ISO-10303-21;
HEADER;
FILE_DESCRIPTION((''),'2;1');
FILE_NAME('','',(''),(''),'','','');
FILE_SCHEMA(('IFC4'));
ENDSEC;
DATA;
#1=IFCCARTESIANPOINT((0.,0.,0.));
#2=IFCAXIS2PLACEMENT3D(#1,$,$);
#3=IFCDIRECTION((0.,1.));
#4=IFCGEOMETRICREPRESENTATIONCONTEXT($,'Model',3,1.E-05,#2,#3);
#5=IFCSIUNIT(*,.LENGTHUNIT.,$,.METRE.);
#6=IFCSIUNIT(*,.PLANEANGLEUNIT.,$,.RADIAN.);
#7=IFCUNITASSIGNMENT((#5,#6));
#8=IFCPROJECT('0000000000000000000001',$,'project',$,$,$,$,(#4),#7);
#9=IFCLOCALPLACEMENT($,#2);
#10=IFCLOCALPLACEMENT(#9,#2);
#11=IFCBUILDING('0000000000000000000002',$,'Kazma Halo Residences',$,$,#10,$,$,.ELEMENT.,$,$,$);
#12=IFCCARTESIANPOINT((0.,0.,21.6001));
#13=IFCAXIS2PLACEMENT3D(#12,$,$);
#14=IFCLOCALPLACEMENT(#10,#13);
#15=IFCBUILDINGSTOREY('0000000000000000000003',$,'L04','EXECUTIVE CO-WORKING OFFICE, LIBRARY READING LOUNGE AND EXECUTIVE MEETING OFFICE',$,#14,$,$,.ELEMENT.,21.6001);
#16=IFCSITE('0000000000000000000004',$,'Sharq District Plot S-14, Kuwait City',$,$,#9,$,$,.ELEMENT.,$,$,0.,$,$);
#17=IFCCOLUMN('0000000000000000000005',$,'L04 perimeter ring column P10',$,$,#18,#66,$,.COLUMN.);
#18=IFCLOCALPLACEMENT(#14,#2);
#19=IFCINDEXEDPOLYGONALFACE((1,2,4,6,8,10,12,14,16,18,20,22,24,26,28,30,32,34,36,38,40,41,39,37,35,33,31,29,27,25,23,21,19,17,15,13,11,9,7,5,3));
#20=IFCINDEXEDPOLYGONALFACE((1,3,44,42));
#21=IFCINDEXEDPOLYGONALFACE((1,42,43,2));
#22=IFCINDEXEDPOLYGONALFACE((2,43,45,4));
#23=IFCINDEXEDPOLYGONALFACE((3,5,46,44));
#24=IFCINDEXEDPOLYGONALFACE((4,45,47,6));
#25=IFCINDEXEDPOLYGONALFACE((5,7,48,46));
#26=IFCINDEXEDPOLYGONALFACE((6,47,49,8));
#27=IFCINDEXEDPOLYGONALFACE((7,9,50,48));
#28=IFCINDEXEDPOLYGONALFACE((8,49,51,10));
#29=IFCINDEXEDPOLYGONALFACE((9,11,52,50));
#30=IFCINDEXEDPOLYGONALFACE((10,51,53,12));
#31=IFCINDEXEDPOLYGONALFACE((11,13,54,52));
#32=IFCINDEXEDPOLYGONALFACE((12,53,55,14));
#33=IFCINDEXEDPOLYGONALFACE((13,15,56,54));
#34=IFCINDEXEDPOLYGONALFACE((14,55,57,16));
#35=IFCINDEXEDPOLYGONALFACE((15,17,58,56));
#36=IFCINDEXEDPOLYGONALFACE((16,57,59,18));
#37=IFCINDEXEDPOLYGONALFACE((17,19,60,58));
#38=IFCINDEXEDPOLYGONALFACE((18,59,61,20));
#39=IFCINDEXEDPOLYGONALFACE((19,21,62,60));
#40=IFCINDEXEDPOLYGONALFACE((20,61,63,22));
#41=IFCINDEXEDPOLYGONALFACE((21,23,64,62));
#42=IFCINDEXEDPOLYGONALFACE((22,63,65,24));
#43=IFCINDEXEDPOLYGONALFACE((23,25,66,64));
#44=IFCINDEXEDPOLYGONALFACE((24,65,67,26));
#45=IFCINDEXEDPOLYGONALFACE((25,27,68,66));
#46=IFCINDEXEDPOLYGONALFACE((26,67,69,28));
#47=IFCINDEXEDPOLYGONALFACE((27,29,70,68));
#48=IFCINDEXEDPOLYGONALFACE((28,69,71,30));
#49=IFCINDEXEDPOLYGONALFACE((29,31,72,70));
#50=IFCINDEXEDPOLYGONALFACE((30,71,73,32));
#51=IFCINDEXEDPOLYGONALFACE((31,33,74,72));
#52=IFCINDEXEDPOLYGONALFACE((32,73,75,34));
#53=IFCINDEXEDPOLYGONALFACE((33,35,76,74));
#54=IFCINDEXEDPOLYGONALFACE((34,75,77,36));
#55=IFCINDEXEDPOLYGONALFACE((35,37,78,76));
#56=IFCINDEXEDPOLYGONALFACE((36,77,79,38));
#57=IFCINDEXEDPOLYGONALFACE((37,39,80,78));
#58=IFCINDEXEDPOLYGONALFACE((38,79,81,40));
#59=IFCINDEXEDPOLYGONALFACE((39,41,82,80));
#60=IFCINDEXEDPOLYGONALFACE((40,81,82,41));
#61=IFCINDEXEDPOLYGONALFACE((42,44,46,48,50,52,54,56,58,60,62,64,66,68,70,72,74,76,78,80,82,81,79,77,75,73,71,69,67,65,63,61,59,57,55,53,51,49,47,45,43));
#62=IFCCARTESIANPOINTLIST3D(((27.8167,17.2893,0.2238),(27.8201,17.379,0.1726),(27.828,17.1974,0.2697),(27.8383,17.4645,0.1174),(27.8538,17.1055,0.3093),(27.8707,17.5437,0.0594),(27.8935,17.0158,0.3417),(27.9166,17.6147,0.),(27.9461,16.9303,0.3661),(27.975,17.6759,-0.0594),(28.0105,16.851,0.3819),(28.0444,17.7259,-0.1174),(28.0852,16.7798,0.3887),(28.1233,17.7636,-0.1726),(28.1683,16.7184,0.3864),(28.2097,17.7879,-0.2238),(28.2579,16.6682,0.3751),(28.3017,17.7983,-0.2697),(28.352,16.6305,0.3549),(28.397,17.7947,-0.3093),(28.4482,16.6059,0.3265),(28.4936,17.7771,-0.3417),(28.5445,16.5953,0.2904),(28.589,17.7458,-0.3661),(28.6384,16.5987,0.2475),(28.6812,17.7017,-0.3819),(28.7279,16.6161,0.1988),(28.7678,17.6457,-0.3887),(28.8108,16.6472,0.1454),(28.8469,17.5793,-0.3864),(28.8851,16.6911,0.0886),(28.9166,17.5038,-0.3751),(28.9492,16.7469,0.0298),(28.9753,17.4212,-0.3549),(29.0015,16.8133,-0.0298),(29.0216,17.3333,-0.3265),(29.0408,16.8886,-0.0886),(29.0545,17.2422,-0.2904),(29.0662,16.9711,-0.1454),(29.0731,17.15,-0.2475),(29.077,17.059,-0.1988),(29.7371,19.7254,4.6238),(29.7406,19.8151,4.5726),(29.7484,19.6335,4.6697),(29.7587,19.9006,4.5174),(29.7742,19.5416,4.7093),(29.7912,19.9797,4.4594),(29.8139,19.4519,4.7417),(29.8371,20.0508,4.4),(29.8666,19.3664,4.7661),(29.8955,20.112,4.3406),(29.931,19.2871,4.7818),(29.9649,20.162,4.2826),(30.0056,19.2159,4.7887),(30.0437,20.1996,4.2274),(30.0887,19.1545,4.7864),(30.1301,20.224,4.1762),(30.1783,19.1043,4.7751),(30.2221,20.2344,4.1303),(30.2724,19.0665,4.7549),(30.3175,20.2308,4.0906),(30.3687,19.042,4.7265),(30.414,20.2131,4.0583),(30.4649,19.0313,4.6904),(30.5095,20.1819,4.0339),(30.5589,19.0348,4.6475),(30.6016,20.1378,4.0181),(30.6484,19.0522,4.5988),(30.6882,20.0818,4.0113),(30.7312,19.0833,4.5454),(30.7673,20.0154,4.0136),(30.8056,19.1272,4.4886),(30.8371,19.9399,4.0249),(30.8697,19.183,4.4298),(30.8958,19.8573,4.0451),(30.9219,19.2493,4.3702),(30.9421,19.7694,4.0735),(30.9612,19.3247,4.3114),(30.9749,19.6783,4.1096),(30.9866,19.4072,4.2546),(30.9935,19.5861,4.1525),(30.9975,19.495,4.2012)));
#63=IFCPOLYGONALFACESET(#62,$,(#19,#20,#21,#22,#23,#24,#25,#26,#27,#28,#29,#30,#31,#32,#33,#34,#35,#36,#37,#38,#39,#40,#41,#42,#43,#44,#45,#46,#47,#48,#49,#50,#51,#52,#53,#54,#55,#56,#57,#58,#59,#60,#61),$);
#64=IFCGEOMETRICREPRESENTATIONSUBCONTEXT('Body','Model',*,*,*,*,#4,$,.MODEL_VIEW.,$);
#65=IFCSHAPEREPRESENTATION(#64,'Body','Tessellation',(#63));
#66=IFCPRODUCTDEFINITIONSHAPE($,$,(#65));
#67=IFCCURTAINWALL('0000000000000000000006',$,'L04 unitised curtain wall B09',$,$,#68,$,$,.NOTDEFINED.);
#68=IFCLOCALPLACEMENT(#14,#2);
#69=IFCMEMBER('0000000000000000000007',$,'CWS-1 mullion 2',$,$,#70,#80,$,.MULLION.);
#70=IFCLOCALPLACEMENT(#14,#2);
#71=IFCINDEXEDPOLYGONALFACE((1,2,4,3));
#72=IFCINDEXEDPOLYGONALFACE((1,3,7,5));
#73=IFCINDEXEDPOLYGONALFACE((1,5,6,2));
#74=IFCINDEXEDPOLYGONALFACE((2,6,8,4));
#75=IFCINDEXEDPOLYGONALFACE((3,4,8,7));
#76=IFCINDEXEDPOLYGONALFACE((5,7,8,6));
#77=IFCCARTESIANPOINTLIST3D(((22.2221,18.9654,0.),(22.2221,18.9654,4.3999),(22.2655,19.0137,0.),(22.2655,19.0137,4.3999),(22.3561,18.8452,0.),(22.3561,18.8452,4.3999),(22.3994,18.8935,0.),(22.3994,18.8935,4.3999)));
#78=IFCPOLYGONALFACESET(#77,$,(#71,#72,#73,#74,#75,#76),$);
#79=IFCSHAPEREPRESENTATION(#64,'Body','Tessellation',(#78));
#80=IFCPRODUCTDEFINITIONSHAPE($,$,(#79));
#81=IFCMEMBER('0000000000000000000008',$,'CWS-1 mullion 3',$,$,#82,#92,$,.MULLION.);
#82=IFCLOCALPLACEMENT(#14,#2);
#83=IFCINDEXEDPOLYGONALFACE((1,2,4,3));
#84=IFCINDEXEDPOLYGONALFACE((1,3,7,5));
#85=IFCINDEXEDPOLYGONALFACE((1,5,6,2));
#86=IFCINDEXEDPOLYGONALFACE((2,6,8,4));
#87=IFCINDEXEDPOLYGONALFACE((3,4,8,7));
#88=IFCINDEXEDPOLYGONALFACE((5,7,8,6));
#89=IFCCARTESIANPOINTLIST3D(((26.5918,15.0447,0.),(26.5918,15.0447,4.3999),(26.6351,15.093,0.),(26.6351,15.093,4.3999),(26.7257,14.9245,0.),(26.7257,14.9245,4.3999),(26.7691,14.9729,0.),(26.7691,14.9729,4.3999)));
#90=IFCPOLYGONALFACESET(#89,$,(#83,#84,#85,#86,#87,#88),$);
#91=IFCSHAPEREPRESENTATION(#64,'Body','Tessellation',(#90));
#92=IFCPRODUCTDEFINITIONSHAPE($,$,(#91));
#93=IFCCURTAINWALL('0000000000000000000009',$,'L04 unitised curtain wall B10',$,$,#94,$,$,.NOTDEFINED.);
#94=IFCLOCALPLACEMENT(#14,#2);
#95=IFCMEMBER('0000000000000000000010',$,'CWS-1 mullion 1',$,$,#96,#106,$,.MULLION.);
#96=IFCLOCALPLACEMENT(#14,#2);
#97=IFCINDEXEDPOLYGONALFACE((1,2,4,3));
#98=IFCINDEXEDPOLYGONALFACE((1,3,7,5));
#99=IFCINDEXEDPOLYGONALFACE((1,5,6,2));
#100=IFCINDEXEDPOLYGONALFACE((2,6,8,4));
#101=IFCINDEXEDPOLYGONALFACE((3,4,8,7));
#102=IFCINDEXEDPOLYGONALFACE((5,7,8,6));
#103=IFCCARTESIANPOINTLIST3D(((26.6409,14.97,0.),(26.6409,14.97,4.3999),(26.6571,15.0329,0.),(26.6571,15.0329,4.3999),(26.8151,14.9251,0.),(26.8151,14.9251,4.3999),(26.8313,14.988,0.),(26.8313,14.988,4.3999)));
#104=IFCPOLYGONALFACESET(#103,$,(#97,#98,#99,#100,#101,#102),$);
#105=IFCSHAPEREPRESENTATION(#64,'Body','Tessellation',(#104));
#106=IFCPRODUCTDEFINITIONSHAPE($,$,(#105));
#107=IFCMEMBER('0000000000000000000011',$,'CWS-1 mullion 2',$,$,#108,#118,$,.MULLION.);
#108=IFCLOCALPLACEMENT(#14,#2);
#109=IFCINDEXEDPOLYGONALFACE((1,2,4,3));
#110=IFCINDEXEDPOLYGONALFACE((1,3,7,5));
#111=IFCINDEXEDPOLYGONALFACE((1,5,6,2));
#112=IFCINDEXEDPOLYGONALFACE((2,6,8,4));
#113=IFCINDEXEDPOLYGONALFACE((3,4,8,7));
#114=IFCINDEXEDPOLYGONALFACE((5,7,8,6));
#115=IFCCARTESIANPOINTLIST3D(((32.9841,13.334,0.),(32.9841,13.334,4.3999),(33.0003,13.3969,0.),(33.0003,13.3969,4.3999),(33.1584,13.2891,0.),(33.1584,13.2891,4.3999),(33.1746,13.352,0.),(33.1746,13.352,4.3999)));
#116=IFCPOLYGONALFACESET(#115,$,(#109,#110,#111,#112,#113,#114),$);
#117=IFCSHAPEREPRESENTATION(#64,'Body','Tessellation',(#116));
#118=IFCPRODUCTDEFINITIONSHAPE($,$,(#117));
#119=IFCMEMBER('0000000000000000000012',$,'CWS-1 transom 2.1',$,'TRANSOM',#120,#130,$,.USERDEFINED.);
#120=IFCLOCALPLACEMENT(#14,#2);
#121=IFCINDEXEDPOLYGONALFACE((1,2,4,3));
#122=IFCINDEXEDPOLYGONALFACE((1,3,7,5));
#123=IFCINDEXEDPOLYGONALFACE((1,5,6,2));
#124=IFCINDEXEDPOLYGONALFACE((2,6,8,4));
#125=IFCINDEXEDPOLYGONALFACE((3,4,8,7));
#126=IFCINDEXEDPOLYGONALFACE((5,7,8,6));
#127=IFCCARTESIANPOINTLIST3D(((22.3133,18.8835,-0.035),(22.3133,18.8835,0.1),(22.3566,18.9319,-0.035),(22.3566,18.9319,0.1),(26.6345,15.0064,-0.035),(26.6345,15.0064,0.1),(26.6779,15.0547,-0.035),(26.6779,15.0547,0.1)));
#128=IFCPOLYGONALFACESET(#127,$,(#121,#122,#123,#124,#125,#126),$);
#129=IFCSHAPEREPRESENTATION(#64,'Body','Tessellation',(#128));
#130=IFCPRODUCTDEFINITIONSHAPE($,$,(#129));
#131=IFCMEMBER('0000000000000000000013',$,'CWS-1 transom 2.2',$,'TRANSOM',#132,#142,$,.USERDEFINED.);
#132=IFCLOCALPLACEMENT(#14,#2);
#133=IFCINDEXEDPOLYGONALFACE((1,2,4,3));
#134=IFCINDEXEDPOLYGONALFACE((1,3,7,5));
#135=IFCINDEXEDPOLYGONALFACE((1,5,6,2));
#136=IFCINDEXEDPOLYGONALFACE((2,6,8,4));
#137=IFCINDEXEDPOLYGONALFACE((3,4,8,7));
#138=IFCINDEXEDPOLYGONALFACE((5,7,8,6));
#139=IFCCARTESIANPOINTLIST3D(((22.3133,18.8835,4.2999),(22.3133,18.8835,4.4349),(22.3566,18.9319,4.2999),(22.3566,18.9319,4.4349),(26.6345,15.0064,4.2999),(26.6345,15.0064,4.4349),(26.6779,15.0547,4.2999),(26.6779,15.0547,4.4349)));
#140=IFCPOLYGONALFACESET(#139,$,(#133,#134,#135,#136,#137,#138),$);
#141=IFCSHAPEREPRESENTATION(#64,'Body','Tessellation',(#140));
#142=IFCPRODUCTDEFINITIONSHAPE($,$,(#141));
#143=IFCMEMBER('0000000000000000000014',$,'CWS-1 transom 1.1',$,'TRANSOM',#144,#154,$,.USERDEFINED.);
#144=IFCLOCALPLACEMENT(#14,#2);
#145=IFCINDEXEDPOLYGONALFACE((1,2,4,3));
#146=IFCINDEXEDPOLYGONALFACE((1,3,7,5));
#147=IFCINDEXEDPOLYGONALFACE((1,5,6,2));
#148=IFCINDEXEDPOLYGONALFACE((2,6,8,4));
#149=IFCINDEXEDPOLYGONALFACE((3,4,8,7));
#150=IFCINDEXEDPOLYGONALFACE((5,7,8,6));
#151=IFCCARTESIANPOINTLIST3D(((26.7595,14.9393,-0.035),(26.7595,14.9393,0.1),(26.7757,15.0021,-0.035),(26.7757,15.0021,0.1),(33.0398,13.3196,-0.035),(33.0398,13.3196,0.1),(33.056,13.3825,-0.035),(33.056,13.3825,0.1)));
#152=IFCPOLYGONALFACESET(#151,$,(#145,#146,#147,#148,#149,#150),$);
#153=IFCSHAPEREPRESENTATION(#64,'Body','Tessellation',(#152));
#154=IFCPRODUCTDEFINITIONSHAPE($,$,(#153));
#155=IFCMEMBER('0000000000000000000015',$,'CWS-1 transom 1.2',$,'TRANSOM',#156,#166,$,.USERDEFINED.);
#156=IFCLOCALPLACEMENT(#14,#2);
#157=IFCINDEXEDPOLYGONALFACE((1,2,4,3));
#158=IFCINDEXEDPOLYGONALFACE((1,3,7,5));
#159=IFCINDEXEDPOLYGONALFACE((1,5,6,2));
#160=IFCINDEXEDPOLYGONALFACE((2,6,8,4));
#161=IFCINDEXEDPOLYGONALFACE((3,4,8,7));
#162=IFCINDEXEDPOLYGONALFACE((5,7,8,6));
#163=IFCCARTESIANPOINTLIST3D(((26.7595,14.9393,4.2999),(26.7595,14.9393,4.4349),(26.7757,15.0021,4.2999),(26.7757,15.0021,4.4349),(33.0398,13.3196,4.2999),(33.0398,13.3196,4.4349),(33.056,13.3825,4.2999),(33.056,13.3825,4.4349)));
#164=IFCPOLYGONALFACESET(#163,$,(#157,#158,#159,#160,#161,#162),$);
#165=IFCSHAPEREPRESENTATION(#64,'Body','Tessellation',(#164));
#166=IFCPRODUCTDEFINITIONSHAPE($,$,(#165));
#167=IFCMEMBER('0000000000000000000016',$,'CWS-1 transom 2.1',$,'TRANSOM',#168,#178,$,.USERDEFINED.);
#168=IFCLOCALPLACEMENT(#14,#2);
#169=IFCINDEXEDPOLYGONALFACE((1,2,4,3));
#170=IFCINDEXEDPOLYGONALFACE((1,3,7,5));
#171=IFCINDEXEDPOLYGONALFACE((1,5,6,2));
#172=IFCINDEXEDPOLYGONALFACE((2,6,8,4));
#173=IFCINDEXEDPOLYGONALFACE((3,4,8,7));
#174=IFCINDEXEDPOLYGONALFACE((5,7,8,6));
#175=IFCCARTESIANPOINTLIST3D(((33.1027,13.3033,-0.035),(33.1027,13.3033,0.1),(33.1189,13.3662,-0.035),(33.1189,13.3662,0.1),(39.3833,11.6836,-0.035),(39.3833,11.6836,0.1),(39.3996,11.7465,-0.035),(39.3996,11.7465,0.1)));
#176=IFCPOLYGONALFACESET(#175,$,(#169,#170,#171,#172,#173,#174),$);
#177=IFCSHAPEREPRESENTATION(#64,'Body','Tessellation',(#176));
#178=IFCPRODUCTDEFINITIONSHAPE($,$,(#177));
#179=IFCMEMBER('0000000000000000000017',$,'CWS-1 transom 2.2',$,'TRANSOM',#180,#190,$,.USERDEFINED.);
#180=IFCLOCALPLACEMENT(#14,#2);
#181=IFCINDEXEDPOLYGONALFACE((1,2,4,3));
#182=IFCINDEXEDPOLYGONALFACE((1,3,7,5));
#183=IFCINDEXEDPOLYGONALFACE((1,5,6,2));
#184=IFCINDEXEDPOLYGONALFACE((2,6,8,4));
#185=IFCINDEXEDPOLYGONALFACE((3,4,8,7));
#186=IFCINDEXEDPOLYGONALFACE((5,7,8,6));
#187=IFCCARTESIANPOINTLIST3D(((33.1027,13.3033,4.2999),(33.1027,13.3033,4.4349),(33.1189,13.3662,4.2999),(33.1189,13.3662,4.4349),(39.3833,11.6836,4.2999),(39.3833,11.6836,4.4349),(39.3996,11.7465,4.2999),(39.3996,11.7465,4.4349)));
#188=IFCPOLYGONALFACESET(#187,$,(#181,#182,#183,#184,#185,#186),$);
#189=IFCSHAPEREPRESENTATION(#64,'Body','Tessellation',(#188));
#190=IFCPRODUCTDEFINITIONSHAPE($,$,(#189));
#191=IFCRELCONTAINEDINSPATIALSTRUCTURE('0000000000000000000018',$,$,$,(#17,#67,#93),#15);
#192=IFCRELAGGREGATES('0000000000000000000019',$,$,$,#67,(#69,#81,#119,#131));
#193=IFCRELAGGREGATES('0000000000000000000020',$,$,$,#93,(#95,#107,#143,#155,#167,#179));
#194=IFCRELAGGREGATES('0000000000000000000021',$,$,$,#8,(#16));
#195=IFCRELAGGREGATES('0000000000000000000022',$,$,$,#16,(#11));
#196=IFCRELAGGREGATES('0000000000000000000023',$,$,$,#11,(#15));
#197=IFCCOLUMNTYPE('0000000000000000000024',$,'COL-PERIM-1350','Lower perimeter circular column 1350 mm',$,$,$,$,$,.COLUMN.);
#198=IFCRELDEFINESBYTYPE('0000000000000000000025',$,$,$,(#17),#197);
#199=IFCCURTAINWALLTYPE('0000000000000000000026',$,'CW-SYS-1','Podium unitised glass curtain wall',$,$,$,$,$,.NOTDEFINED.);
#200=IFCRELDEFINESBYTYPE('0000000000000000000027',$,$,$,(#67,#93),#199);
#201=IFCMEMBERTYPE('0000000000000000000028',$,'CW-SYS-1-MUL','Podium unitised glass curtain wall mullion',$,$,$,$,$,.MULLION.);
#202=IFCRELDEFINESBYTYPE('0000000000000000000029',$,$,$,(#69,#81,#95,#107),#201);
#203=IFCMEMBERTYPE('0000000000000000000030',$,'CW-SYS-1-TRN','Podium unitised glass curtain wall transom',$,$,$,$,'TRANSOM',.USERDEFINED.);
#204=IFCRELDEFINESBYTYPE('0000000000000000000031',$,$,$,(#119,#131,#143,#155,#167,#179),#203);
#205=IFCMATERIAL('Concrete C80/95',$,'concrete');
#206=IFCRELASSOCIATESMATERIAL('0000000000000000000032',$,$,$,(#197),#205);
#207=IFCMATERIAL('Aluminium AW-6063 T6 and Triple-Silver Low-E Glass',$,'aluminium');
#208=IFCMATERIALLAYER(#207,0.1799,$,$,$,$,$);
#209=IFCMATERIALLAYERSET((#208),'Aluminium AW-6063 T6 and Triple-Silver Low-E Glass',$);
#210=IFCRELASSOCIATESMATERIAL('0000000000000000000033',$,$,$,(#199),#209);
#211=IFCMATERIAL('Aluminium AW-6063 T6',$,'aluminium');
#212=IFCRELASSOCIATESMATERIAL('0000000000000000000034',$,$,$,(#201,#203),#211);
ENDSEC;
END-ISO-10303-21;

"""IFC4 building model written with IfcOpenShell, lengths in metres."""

from ifc_helpers import new_model, si_unit, direction, frame, origin, origin_2d, place, context, subcontext, project, spatial, rectangle, circle, extrude, material, layer, layer_set, material_profile, profile_set, type_object, element, aggregate, save


model = new_model("IFC4")

# Units and contexts
model_context = context("Model", 3, precision=1e-05, world=origin(), true_north=direction((0.0, 1.0)))
body_context = subcontext(model_context, "Body", "Model", "MODEL_VIEW")
ifc_project = project(units=[si_unit("LENGTHUNIT", "METRE"), si_unit("PLANEANGLEUNIT", "RADIAN")], contexts=[model_context])

# Site, building, storey
site_placement = place(None, origin())
site = spatial("IfcSite", under=ifc_project, at=site_placement, Name="Sharq District Plot S-14, Kuwait City", CompositionType="ELEMENT", RefElevation=0.0)
building_placement = place(site_placement, origin())
building = spatial("IfcBuilding", under=site, at=building_placement, Name="Kazma Halo Residences", CompositionType="ELEMENT")
storey_placement = place(building_placement, frame((0.0, 0.0, 21.6001)))
storey = spatial("IfcBuildingStorey", under=building, at=storey_placement, Name="L04", Description="EXECUTIVE CO-WORKING OFFICE, LIBRARY READING LOUNGE AND EXECUTIVE MEETING OFFICE", CompositionType="ELEMENT", Elevation=21.6001)

# Column
ifc_material_1 = material(Name="Concrete C80/95", Category="concrete")
ifc_material_profile_1 = material_profile(ifc_material_1, circle(Radius=0.675, at=origin_2d()), Name="CIRC1350")
ifc_profile_set_1 = profile_set([ifc_material_profile_1], Name="Concrete C80/95")
column_type = type_object("IfcColumnType", Name="COL-PERIM-1350", Description="Lower perimeter circular column 1350 mm", PredefinedType="COLUMN", material=ifc_profile_set_1)
column_placement = place(storey_placement, frame((28.4468, 17.1968, 0.0), z_axis=(0.356726, 0.452506, 0.817304), x_axis=(-0.785318, 0.619093, 0.0)))
element("IfcColumn", 1, at=column_placement, inside=storey, type_object=column_type, Name="L04 perimeter ring column P10", PredefinedType="COLUMN", context=body_context, shape_type="SweptSolid", body=[
    extrude(circle(Radius=0.675, at=origin_2d()), origin(), (0.0, 0.0, 1.0), 5.3835),
])

# Curtain walls, members
ifc_material_2 = material(Name="Aluminium AW-6063 T6 and Triple-Silver Low-E Glass", Category="aluminium")
ifc_layer_1 = layer(ifc_material_2, 0.1799)
ifc_layer_set_1 = layer_set([ifc_layer_1], Name="Aluminium AW-6063 T6 and Triple-Silver Low-E Glass")
curtain_wall_type = type_object("IfcCurtainWallType", Name="CW-SYS-1", Description="Podium unitised glass curtain wall", PredefinedType="NOTDEFINED", material=ifc_layer_set_1)
curtain_wall_1_placement = place(storey_placement, origin())
curtain_wall_1 = element("IfcCurtainWall", 2, at=curtain_wall_1_placement, inside=storey, type_object=curtain_wall_type, Name="L04 unitised curtain wall B09", PredefinedType="NOTDEFINED")
ifc_material_3 = material(Name="Aluminium AW-6063 T6", Category="aluminium")
ifc_material_profile_2 = material_profile(ifc_material_3, rectangle(XDim=0.0649, YDim=0.1799, at=origin_2d()), Name="CWM-65x180")
ifc_profile_set_2 = profile_set([ifc_material_profile_2], Name="Aluminium AW-6063 T6")
member_type_1 = type_object("IfcMemberType", Name="CW-SYS-1-MUL", Description="Podium unitised glass curtain wall mullion", PredefinedType="MULLION", material=ifc_profile_set_2)
member_1_placement = place(storey_placement, frame((22.3108, 18.9294, 0.0), z_axis=(0.0, 0.0, 1.0), x_axis=(0.667848, 0.744298, 0.0)))
member_1 = element("IfcMember", 3, at=member_1_placement, type_object=member_type_1, Name="CWS-1 mullion 2", PredefinedType="MULLION", context=body_context, shape_type="SweptSolid", body=[
    extrude(rectangle(XDim=0.0649, YDim=0.1799, at=origin_2d()), origin(), (0.0, 0.0, 1.0), 4.3999),
])
member_2_placement = place(storey_placement, frame((26.6804, 15.0088, 0.0), z_axis=(0.0, 0.0, 1.0), x_axis=(0.667848, 0.744298, 0.0)))
member_2 = element("IfcMember", 4, at=member_2_placement, type_object=member_type_1, Name="CWS-1 mullion 3", PredefinedType="MULLION", context=body_context, shape_type="SweptSolid", body=[
    extrude(rectangle(XDim=0.0649, YDim=0.1799, at=origin_2d()), origin(), (0.0, 0.0, 1.0), 4.3999),
])
curtain_wall_2_placement = place(storey_placement, origin())
curtain_wall_2 = element("IfcCurtainWall", 5, at=curtain_wall_2_placement, inside=storey, type_object=curtain_wall_type, Name="L04 unitised curtain wall B10", PredefinedType="NOTDEFINED")
member_3_placement = place(storey_placement, frame((26.7361, 14.979, 0.0), z_axis=(0.0, 0.0, 1.0), x_axis=(0.249727, 0.968316, 0.0)))
member_3 = element("IfcMember", 6, at=member_3_placement, type_object=member_type_1, Name="CWS-1 mullion 1", PredefinedType="MULLION", context=body_context, shape_type="SweptSolid", body=[
    extrude(rectangle(XDim=0.0649, YDim=0.1799, at=origin_2d()), origin(), (0.0, 0.0, 1.0), 4.3999),
])
member_4_placement = place(storey_placement, frame((33.0793, 13.343, 0.0), z_axis=(0.0, 0.0, 1.0), x_axis=(0.249727, 0.968316, 0.0)))
member_4 = element("IfcMember", 7, at=member_4_placement, type_object=member_type_1, Name="CWS-1 mullion 2", PredefinedType="MULLION", context=body_context, shape_type="SweptSolid", body=[
    extrude(rectangle(XDim=0.0649, YDim=0.1799, at=origin_2d()), origin(), (0.0, 0.0, 1.0), 4.3999),
])

# Members
ifc_material_profile_3 = material_profile(ifc_material_3, rectangle(XDim=0.0649, YDim=0.135, at=origin_2d()), Name="CWT-65x135")
ifc_profile_set_3 = profile_set([ifc_material_profile_3], Name="Aluminium AW-6063 T6")
member_type_2 = type_object("IfcMemberType", Name="CW-SYS-1-TRN", Description="Podium unitised glass curtain wall transom", ElementType="TRANSOM", PredefinedType="USERDEFINED", material=ifc_profile_set_3)
member_5_placement = place(storey_placement, frame((22.335, 18.9077, 0.0325), z_axis=(0.744318, -0.667826, 0.0), x_axis=(0.667826, 0.744318, 0.0)))
member_5 = element("IfcMember", 8, at=member_5_placement, type_object=member_type_2, Name="CWS-1 transom 2.1", ObjectType="TRANSOM", PredefinedType="USERDEFINED", context=body_context, shape_type="SweptSolid", body=[
    extrude(rectangle(XDim=0.0649, YDim=0.135, at=origin_2d()), origin(), (0.0, 0.0, 1.0), 5.8057),
])
member_6_placement = place(storey_placement, frame((22.335, 18.9077, 4.3674), z_axis=(0.744318, -0.667826, 0.0), x_axis=(0.667826, 0.744318, 0.0)))
member_6 = element("IfcMember", 9, at=member_6_placement, type_object=member_type_2, Name="CWS-1 transom 2.2", ObjectType="TRANSOM", PredefinedType="USERDEFINED", context=body_context, shape_type="SweptSolid", body=[
    extrude(rectangle(XDim=0.0649, YDim=0.135, at=origin_2d()), origin(), (0.0, 0.0, 1.0), 5.8057),
])
member_7_placement = place(storey_placement, frame((26.7676, 14.9707, 0.0325), z_axis=(0.968318, -0.249721, 0.0), x_axis=(0.249721, 0.968318, 0.0)))
member_7 = element("IfcMember", 10, at=member_7_placement, type_object=member_type_2, Name="CWS-1 transom 1.1", ObjectType="TRANSOM", PredefinedType="USERDEFINED", context=body_context, shape_type="SweptSolid", body=[
    extrude(rectangle(XDim=0.0649, YDim=0.135, at=origin_2d()), origin(), (0.0, 0.0, 1.0), 6.4858),
])
member_8_placement = place(storey_placement, frame((26.7676, 14.9707, 4.3674), z_axis=(0.968318, -0.249721, 0.0), x_axis=(0.249721, 0.968318, 0.0)))
member_8 = element("IfcMember", 11, at=member_8_placement, type_object=member_type_2, Name="CWS-1 transom 1.2", ObjectType="TRANSOM", PredefinedType="USERDEFINED", context=body_context, shape_type="SweptSolid", body=[
    extrude(rectangle(XDim=0.0649, YDim=0.135, at=origin_2d()), origin(), (0.0, 0.0, 1.0), 6.4858),
])
member_9_placement = place(storey_placement, frame((33.1108, 13.3347, 0.0325), z_axis=(0.96832, -0.249712, 0.0), x_axis=(0.249712, 0.96832, 0.0)))
member_9 = element("IfcMember", 12, at=member_9_placement, type_object=member_type_2, Name="CWS-1 transom 2.1", ObjectType="TRANSOM", PredefinedType="USERDEFINED", context=body_context, shape_type="SweptSolid", body=[
    extrude(rectangle(XDim=0.0649, YDim=0.135, at=origin_2d()), origin(), (0.0, 0.0, 1.0), 6.4861),
])
member_10_placement = place(storey_placement, frame((33.1108, 13.3347, 4.3674), z_axis=(0.96832, -0.249712, 0.0), x_axis=(0.249712, 0.96832, 0.0)))
member_10 = element("IfcMember", 13, at=member_10_placement, type_object=member_type_2, Name="CWS-1 transom 2.2", ObjectType="TRANSOM", PredefinedType="USERDEFINED", context=body_context, shape_type="SweptSolid", body=[
    extrude(rectangle(XDim=0.0649, YDim=0.135, at=origin_2d()), origin(), (0.0, 0.0, 1.0), 6.4861),
])

aggregate(curtain_wall_1, [member_1, member_2, member_5, member_6])
aggregate(curtain_wall_2, [member_3, member_4, member_7, member_8, member_9, member_10])

save(model, "model.ifc")
